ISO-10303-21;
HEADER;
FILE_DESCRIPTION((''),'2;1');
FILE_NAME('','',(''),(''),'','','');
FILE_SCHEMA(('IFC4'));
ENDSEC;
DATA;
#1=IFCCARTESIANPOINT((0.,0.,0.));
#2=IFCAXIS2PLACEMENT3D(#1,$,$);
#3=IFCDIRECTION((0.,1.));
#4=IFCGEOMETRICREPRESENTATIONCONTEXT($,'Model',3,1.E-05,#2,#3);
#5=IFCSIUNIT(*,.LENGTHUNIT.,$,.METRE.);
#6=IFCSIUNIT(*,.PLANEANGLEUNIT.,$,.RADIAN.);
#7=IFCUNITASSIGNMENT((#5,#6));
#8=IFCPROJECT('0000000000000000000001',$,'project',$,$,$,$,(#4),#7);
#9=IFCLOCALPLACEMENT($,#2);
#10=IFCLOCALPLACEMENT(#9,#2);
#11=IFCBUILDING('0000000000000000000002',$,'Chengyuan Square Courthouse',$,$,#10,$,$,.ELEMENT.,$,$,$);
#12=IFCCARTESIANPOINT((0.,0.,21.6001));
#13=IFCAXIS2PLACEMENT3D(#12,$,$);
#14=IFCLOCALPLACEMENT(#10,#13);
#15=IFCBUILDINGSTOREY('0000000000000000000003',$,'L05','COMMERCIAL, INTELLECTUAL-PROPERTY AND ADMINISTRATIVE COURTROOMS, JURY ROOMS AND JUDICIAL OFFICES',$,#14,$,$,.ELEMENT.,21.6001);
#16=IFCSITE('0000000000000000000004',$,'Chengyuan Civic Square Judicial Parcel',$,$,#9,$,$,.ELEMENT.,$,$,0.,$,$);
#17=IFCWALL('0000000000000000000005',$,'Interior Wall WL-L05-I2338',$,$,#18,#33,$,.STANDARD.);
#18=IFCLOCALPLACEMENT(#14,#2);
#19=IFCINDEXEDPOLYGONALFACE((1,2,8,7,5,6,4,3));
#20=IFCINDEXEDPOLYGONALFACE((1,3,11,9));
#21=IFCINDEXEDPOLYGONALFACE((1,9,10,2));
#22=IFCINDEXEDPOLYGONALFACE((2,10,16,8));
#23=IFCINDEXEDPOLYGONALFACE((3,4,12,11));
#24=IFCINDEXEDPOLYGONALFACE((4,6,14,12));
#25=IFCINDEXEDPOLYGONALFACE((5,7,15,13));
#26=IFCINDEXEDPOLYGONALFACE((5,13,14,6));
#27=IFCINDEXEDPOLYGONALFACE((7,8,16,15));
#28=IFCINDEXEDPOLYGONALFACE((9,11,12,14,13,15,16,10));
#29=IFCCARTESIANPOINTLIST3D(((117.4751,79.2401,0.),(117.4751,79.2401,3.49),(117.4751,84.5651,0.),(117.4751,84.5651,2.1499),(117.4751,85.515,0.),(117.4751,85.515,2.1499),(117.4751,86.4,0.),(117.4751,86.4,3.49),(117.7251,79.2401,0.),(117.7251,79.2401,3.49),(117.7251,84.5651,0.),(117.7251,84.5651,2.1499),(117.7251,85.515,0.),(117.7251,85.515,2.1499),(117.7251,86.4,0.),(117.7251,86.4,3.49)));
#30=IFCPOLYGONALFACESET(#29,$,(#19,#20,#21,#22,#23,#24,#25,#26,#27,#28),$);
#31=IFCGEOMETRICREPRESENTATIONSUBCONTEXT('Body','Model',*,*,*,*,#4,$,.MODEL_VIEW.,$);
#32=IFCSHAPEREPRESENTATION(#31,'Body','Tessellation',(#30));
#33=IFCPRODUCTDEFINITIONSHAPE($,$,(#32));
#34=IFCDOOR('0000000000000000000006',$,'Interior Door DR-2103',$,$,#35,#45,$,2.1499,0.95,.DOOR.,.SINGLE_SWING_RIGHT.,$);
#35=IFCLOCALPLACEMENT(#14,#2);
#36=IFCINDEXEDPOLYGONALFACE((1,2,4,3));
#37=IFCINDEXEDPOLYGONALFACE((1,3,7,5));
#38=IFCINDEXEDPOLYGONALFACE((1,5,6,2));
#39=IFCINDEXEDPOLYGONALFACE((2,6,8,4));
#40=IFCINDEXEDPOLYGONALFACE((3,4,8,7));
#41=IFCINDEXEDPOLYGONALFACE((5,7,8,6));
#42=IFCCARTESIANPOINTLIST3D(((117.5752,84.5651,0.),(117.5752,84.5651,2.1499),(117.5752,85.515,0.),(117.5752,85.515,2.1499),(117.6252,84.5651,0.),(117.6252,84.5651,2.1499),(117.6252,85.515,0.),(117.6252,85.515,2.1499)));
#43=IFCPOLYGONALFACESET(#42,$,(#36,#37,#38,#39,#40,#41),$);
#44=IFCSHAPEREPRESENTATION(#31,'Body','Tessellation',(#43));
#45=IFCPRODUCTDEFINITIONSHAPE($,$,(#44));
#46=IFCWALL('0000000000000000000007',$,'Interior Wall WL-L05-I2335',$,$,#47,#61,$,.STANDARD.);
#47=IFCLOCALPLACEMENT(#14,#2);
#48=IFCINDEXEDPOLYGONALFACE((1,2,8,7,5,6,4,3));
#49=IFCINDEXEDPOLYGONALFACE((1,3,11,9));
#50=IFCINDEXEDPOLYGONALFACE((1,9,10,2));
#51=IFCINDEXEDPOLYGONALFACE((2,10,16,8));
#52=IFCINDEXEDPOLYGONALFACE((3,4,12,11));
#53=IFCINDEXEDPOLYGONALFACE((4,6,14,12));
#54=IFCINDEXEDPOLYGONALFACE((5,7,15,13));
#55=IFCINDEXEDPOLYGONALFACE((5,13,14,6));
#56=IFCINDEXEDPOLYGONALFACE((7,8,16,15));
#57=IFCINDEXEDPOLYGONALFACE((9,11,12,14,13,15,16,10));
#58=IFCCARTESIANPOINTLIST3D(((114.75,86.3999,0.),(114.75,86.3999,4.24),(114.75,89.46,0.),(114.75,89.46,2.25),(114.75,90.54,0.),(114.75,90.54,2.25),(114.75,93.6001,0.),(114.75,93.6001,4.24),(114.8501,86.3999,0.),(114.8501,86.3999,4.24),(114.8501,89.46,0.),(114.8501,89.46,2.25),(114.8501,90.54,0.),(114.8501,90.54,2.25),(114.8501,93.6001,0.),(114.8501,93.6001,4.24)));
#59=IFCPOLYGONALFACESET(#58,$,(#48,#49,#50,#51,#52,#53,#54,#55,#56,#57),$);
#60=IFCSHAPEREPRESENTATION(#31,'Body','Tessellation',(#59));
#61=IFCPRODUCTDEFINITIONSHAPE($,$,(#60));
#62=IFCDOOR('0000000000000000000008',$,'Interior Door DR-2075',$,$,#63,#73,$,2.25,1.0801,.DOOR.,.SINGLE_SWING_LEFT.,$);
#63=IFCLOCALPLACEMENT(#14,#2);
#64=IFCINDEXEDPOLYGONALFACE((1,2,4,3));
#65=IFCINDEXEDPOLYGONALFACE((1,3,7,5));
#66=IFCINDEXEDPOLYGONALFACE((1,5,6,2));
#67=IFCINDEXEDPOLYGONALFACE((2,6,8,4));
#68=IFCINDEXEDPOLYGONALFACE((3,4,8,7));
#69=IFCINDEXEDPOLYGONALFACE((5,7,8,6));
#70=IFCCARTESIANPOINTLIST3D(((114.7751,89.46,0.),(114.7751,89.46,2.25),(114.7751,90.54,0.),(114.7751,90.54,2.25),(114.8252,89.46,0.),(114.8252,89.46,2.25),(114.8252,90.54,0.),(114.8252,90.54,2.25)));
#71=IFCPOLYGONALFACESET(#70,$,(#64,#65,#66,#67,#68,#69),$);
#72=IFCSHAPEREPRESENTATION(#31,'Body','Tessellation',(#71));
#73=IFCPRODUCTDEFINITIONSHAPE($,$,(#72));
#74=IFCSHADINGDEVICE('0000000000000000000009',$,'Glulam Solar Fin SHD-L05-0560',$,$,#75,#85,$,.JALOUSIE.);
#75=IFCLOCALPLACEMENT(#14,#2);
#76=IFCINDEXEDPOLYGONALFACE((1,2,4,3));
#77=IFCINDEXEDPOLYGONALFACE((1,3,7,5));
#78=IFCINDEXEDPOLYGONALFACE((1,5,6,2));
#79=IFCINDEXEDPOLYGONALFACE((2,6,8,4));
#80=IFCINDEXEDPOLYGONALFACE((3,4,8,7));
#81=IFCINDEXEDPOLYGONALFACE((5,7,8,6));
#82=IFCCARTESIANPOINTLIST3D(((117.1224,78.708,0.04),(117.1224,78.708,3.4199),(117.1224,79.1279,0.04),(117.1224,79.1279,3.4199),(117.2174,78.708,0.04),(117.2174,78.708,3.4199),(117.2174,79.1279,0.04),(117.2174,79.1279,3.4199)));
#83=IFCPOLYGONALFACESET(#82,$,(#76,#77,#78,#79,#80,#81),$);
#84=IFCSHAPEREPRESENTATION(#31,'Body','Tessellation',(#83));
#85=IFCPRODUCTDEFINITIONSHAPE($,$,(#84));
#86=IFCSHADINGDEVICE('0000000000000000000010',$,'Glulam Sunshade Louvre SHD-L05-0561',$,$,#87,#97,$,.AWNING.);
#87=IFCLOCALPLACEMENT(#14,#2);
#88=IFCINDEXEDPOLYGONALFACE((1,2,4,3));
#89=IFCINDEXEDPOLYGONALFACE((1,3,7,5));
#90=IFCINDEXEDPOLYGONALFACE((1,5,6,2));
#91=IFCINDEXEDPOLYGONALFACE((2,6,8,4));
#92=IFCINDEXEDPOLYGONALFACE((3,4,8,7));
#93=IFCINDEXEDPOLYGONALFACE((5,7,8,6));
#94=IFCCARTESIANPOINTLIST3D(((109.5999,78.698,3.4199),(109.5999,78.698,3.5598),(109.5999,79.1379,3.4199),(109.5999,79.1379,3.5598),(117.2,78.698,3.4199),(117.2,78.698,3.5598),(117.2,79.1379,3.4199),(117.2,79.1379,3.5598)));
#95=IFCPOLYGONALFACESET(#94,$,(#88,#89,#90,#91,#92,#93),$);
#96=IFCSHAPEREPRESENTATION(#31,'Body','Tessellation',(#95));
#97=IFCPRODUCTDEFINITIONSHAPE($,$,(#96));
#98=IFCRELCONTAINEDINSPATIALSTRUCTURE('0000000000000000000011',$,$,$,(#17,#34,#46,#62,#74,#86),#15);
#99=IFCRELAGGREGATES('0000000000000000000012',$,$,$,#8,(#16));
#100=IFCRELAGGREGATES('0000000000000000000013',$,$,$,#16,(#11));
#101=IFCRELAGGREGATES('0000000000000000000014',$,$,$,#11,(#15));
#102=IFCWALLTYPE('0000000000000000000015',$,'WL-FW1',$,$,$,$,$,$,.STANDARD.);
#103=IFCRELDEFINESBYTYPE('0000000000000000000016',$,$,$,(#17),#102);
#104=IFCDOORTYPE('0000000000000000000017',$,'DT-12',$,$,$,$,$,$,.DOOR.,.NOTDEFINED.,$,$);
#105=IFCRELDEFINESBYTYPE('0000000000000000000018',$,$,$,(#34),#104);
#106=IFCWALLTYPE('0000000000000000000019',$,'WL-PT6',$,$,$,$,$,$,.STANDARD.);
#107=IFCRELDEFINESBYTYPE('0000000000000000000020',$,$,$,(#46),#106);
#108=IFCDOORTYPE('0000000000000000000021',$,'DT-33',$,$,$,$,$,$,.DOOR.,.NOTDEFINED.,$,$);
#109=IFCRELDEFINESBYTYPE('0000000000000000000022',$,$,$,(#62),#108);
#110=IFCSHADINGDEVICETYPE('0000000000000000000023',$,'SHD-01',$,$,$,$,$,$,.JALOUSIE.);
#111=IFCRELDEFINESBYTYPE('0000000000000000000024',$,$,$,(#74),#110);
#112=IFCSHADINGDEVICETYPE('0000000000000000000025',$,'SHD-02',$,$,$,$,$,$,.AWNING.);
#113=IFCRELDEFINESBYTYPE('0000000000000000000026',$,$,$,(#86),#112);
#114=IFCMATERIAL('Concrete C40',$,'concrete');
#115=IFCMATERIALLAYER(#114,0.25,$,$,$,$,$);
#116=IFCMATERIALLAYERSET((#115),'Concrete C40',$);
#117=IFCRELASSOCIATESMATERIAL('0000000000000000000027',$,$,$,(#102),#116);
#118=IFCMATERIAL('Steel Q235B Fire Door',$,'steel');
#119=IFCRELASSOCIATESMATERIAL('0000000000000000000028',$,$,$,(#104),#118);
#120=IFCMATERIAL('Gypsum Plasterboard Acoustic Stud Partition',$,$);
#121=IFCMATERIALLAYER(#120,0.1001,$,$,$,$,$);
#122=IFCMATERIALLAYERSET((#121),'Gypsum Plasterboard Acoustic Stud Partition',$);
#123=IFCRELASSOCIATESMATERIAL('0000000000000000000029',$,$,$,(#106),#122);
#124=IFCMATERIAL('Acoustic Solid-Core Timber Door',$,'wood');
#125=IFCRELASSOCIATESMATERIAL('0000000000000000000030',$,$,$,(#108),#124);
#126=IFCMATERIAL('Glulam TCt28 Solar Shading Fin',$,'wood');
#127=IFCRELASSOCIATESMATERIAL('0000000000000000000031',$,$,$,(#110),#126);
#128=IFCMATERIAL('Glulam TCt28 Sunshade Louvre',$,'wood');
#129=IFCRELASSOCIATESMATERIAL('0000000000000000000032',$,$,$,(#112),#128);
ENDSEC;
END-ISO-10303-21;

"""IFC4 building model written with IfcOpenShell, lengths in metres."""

from ifc_helpers import new_model, si_unit, direction, frame, frame_2d, origin, origin_2d, place, context, subcontext, project, spatial, rectangle, extrude, material, layer, layer_set, type_object, element, fill, save


model = new_model("IFC4")

# Units and contexts
model_context = context("Model", 3, precision=1e-05, world=origin(), true_north=direction((0.0, 1.0)))
body_context = subcontext(model_context, "Body", "Model", "MODEL_VIEW")
ifc_project = project(units=[si_unit("LENGTHUNIT", "METRE"), si_unit("PLANEANGLEUNIT", "RADIAN")], contexts=[model_context])

# Site, building, storey
site_placement = place(None, origin())
site = spatial("IfcSite", under=ifc_project, at=site_placement, Name="Chengyuan Civic Square Judicial Parcel", CompositionType="ELEMENT", RefElevation=0.0)
building_placement = place(site_placement, origin())
building = spatial("IfcBuilding", under=site, at=building_placement, Name="Chengyuan Square Courthouse", CompositionType="ELEMENT")
storey_placement = place(building_placement, frame((0.0, 0.0, 21.6001)))
storey = spatial("IfcBuildingStorey", under=building, at=storey_placement, Name="L05", Description="COMMERCIAL, INTELLECTUAL-PROPERTY AND ADMINISTRATIVE COURTROOMS, JURY ROOMS AND JUDICIAL OFFICES", CompositionType="ELEMENT", Elevation=21.6001)

# Shared definitions
ifc_material_1 = material(Name="Concrete C40", Category="concrete")

# Walls, openings, doors
ifc_layer_1 = layer(ifc_material_1, 0.25)
ifc_layer_set_1 = layer_set([ifc_layer_1], Name="Concrete C40")
wall_type_1 = type_object("IfcWallType", Name="WL-FW1", PredefinedType="STANDARD", material=ifc_layer_set_1)
wall_1_placement = place(storey_placement, frame((117.6001, 79.24, 0.0), z_axis=(0.0, 0.0, 1.0), x_axis=(0.0, 1.0, 0.0)))
wall_1 = element("IfcWall", 1, at=wall_1_placement, inside=storey, type_object=wall_type_1, Name="Interior Wall WL-L05-I2338", PredefinedType="STANDARD", context=body_context, shape_type="SweptSolid", body=[
    extrude(rectangle(XDim=7.1599, YDim=0.25, at=frame_2d((3.5801, 0.0))), origin(), (0.0, 0.0, 1.0), 3.49),
])
opening_1_placement = place(wall_1_placement, frame((5.325, 0.0, 0.0)))
opening_1 = element("IfcOpeningElement", 2, at=opening_1_placement, cuts=wall_1, PredefinedType="OPENING", context=body_context, shape_type="SweptSolid", body=[
    extrude(rectangle(XDim=0.95, YDim=2.1499, at=frame_2d((0.4751, 1.075))), frame((0.0, 0.137, 0.0), z_axis=(0.0, -1.0, 0.0), x_axis=(1.0, 0.0, 0.0)), (0.0, 0.0, 1.0), 0.2739),
])
ifc_material_2 = material(Name="Steel Q235B Fire Door", Category="steel")
door_type_1 = type_object("IfcDoorType", Name="DT-12", OperationType="NOTDEFINED", PredefinedType="DOOR", material=ifc_material_2)
door_1_placement = place(opening_1_placement, origin())
door_1 = element("IfcDoor", 3, at=door_1_placement, inside=storey, type_object=door_type_1, Name="Interior Door DR-2103", OperationType="SINGLE_SWING_RIGHT", OverallHeight=2.1499, OverallWidth=0.95, PredefinedType="DOOR", context=body_context, shape_type="SweptSolid", body=[
    extrude(rectangle(XDim=0.95, YDim=2.1499, at=frame_2d((0.4751, 1.075))), frame((0.0, 0.0249, 0.0), z_axis=(0.0, -1.0, 0.0), x_axis=(1.0, 0.0, 0.0)), (0.0, 0.0, 1.0), 0.05),
])
fill(opening_1, door_1)
ifc_material_3 = material(Name="Gypsum Plasterboard Acoustic Stud Partition")
ifc_layer_2 = layer(ifc_material_3, 0.1001)
ifc_layer_set_2 = layer_set([ifc_layer_2], Name="Gypsum Plasterboard Acoustic Stud Partition")
wall_type_2 = type_object("IfcWallType", Name="WL-PT6", PredefinedType="STANDARD", material=ifc_layer_set_2)
wall_2_placement = place(storey_placement, frame((114.8, 86.3999, 0.0), z_axis=(0.0, 0.0, 1.0), x_axis=(0.0, 1.0, 0.0)))
wall_2 = element("IfcWall", 4, at=wall_2_placement, inside=storey, type_object=wall_type_2, Name="Interior Wall WL-L05-I2335", PredefinedType="STANDARD", context=body_context, shape_type="SweptSolid", body=[
    extrude(rectangle(XDim=7.2002, YDim=0.1001, at=frame_2d((3.6001, 0.0))), origin(), (0.0, 0.0, 1.0), 4.24),
])
opening_2_placement = place(wall_2_placement, frame((3.0601, 0.0, 0.0)))
opening_2 = element("IfcOpeningElement", 5, at=opening_2_placement, cuts=wall_2, PredefinedType="OPENING", context=body_context, shape_type="SweptSolid", body=[
    extrude(rectangle(XDim=1.0801, YDim=2.25, at=frame_2d((0.54, 1.125))), frame((0.0, 0.062, 0.0), z_axis=(0.0, -1.0, 0.0), x_axis=(1.0, 0.0, 0.0)), (0.0, 0.0, 1.0), 0.124),
])
ifc_material_4 = material(Name="Acoustic Solid-Core Timber Door", Category="wood")
door_type_2 = type_object("IfcDoorType", Name="DT-33", OperationType="NOTDEFINED", PredefinedType="DOOR", material=ifc_material_4)
door_2_placement = place(opening_2_placement, origin())
door_2 = element("IfcDoor", 6, at=door_2_placement, inside=storey, type_object=door_type_2, Name="Interior Door DR-2075", OperationType="SINGLE_SWING_LEFT", OverallHeight=2.25, OverallWidth=1.0801, PredefinedType="DOOR", context=body_context, shape_type="SweptSolid", body=[
    extrude(rectangle(XDim=1.0801, YDim=2.25, at=frame_2d((0.54, 1.125))), frame((0.0, 0.0249, 0.0), z_axis=(0.0, -1.0, 0.0), x_axis=(1.0, 0.0, 0.0)), (0.0, 0.0, 1.0), 0.05),
])
fill(opening_2, door_2)

# Shading devices
ifc_material_5 = material(Name="Glulam TCt28 Solar Shading Fin", Category="wood")
shading_device_type_1 = type_object("IfcShadingDeviceType", Name="SHD-01", PredefinedType="JALOUSIE", material=ifc_material_5)
shading_device_1_placement = place(storey_placement, frame((117.1699, 78.918, 0.04), z_axis=(0.0, 0.0, 1.0), x_axis=(0.0, 1.0, 0.0)))
element("IfcShadingDevice", 7, at=shading_device_1_placement, inside=storey, type_object=shading_device_type_1, Name="Glulam Solar Fin SHD-L05-0560", PredefinedType="JALOUSIE", context=body_context, shape_type="SweptSolid", body=[
    extrude(rectangle(XDim=0.4199, YDim=0.095, at=origin_2d()), origin(), (0.0, 0.0, 1.0), 3.3799),
])
ifc_material_6 = material(Name="Glulam TCt28 Sunshade Louvre", Category="wood")
shading_device_type_2 = type_object("IfcShadingDeviceType", Name="SHD-02", PredefinedType="AWNING", material=ifc_material_6)
shading_device_2_placement = place(storey_placement, frame((113.3999, 78.918, 3.4199), z_axis=(0.0, 0.0, 1.0), x_axis=(1.0, 0.0, 0.0)))
element("IfcShadingDevice", 8, at=shading_device_2_placement, inside=storey, type_object=shading_device_type_2, Name="Glulam Sunshade Louvre SHD-L05-0561", PredefinedType="AWNING", context=body_context, shape_type="SweptSolid", body=[
    extrude(rectangle(XDim=7.6001, YDim=0.4399, at=origin_2d()), origin(), (0.0, 0.0, 1.0), 0.1399),
])

save(model, "model.ifc")
